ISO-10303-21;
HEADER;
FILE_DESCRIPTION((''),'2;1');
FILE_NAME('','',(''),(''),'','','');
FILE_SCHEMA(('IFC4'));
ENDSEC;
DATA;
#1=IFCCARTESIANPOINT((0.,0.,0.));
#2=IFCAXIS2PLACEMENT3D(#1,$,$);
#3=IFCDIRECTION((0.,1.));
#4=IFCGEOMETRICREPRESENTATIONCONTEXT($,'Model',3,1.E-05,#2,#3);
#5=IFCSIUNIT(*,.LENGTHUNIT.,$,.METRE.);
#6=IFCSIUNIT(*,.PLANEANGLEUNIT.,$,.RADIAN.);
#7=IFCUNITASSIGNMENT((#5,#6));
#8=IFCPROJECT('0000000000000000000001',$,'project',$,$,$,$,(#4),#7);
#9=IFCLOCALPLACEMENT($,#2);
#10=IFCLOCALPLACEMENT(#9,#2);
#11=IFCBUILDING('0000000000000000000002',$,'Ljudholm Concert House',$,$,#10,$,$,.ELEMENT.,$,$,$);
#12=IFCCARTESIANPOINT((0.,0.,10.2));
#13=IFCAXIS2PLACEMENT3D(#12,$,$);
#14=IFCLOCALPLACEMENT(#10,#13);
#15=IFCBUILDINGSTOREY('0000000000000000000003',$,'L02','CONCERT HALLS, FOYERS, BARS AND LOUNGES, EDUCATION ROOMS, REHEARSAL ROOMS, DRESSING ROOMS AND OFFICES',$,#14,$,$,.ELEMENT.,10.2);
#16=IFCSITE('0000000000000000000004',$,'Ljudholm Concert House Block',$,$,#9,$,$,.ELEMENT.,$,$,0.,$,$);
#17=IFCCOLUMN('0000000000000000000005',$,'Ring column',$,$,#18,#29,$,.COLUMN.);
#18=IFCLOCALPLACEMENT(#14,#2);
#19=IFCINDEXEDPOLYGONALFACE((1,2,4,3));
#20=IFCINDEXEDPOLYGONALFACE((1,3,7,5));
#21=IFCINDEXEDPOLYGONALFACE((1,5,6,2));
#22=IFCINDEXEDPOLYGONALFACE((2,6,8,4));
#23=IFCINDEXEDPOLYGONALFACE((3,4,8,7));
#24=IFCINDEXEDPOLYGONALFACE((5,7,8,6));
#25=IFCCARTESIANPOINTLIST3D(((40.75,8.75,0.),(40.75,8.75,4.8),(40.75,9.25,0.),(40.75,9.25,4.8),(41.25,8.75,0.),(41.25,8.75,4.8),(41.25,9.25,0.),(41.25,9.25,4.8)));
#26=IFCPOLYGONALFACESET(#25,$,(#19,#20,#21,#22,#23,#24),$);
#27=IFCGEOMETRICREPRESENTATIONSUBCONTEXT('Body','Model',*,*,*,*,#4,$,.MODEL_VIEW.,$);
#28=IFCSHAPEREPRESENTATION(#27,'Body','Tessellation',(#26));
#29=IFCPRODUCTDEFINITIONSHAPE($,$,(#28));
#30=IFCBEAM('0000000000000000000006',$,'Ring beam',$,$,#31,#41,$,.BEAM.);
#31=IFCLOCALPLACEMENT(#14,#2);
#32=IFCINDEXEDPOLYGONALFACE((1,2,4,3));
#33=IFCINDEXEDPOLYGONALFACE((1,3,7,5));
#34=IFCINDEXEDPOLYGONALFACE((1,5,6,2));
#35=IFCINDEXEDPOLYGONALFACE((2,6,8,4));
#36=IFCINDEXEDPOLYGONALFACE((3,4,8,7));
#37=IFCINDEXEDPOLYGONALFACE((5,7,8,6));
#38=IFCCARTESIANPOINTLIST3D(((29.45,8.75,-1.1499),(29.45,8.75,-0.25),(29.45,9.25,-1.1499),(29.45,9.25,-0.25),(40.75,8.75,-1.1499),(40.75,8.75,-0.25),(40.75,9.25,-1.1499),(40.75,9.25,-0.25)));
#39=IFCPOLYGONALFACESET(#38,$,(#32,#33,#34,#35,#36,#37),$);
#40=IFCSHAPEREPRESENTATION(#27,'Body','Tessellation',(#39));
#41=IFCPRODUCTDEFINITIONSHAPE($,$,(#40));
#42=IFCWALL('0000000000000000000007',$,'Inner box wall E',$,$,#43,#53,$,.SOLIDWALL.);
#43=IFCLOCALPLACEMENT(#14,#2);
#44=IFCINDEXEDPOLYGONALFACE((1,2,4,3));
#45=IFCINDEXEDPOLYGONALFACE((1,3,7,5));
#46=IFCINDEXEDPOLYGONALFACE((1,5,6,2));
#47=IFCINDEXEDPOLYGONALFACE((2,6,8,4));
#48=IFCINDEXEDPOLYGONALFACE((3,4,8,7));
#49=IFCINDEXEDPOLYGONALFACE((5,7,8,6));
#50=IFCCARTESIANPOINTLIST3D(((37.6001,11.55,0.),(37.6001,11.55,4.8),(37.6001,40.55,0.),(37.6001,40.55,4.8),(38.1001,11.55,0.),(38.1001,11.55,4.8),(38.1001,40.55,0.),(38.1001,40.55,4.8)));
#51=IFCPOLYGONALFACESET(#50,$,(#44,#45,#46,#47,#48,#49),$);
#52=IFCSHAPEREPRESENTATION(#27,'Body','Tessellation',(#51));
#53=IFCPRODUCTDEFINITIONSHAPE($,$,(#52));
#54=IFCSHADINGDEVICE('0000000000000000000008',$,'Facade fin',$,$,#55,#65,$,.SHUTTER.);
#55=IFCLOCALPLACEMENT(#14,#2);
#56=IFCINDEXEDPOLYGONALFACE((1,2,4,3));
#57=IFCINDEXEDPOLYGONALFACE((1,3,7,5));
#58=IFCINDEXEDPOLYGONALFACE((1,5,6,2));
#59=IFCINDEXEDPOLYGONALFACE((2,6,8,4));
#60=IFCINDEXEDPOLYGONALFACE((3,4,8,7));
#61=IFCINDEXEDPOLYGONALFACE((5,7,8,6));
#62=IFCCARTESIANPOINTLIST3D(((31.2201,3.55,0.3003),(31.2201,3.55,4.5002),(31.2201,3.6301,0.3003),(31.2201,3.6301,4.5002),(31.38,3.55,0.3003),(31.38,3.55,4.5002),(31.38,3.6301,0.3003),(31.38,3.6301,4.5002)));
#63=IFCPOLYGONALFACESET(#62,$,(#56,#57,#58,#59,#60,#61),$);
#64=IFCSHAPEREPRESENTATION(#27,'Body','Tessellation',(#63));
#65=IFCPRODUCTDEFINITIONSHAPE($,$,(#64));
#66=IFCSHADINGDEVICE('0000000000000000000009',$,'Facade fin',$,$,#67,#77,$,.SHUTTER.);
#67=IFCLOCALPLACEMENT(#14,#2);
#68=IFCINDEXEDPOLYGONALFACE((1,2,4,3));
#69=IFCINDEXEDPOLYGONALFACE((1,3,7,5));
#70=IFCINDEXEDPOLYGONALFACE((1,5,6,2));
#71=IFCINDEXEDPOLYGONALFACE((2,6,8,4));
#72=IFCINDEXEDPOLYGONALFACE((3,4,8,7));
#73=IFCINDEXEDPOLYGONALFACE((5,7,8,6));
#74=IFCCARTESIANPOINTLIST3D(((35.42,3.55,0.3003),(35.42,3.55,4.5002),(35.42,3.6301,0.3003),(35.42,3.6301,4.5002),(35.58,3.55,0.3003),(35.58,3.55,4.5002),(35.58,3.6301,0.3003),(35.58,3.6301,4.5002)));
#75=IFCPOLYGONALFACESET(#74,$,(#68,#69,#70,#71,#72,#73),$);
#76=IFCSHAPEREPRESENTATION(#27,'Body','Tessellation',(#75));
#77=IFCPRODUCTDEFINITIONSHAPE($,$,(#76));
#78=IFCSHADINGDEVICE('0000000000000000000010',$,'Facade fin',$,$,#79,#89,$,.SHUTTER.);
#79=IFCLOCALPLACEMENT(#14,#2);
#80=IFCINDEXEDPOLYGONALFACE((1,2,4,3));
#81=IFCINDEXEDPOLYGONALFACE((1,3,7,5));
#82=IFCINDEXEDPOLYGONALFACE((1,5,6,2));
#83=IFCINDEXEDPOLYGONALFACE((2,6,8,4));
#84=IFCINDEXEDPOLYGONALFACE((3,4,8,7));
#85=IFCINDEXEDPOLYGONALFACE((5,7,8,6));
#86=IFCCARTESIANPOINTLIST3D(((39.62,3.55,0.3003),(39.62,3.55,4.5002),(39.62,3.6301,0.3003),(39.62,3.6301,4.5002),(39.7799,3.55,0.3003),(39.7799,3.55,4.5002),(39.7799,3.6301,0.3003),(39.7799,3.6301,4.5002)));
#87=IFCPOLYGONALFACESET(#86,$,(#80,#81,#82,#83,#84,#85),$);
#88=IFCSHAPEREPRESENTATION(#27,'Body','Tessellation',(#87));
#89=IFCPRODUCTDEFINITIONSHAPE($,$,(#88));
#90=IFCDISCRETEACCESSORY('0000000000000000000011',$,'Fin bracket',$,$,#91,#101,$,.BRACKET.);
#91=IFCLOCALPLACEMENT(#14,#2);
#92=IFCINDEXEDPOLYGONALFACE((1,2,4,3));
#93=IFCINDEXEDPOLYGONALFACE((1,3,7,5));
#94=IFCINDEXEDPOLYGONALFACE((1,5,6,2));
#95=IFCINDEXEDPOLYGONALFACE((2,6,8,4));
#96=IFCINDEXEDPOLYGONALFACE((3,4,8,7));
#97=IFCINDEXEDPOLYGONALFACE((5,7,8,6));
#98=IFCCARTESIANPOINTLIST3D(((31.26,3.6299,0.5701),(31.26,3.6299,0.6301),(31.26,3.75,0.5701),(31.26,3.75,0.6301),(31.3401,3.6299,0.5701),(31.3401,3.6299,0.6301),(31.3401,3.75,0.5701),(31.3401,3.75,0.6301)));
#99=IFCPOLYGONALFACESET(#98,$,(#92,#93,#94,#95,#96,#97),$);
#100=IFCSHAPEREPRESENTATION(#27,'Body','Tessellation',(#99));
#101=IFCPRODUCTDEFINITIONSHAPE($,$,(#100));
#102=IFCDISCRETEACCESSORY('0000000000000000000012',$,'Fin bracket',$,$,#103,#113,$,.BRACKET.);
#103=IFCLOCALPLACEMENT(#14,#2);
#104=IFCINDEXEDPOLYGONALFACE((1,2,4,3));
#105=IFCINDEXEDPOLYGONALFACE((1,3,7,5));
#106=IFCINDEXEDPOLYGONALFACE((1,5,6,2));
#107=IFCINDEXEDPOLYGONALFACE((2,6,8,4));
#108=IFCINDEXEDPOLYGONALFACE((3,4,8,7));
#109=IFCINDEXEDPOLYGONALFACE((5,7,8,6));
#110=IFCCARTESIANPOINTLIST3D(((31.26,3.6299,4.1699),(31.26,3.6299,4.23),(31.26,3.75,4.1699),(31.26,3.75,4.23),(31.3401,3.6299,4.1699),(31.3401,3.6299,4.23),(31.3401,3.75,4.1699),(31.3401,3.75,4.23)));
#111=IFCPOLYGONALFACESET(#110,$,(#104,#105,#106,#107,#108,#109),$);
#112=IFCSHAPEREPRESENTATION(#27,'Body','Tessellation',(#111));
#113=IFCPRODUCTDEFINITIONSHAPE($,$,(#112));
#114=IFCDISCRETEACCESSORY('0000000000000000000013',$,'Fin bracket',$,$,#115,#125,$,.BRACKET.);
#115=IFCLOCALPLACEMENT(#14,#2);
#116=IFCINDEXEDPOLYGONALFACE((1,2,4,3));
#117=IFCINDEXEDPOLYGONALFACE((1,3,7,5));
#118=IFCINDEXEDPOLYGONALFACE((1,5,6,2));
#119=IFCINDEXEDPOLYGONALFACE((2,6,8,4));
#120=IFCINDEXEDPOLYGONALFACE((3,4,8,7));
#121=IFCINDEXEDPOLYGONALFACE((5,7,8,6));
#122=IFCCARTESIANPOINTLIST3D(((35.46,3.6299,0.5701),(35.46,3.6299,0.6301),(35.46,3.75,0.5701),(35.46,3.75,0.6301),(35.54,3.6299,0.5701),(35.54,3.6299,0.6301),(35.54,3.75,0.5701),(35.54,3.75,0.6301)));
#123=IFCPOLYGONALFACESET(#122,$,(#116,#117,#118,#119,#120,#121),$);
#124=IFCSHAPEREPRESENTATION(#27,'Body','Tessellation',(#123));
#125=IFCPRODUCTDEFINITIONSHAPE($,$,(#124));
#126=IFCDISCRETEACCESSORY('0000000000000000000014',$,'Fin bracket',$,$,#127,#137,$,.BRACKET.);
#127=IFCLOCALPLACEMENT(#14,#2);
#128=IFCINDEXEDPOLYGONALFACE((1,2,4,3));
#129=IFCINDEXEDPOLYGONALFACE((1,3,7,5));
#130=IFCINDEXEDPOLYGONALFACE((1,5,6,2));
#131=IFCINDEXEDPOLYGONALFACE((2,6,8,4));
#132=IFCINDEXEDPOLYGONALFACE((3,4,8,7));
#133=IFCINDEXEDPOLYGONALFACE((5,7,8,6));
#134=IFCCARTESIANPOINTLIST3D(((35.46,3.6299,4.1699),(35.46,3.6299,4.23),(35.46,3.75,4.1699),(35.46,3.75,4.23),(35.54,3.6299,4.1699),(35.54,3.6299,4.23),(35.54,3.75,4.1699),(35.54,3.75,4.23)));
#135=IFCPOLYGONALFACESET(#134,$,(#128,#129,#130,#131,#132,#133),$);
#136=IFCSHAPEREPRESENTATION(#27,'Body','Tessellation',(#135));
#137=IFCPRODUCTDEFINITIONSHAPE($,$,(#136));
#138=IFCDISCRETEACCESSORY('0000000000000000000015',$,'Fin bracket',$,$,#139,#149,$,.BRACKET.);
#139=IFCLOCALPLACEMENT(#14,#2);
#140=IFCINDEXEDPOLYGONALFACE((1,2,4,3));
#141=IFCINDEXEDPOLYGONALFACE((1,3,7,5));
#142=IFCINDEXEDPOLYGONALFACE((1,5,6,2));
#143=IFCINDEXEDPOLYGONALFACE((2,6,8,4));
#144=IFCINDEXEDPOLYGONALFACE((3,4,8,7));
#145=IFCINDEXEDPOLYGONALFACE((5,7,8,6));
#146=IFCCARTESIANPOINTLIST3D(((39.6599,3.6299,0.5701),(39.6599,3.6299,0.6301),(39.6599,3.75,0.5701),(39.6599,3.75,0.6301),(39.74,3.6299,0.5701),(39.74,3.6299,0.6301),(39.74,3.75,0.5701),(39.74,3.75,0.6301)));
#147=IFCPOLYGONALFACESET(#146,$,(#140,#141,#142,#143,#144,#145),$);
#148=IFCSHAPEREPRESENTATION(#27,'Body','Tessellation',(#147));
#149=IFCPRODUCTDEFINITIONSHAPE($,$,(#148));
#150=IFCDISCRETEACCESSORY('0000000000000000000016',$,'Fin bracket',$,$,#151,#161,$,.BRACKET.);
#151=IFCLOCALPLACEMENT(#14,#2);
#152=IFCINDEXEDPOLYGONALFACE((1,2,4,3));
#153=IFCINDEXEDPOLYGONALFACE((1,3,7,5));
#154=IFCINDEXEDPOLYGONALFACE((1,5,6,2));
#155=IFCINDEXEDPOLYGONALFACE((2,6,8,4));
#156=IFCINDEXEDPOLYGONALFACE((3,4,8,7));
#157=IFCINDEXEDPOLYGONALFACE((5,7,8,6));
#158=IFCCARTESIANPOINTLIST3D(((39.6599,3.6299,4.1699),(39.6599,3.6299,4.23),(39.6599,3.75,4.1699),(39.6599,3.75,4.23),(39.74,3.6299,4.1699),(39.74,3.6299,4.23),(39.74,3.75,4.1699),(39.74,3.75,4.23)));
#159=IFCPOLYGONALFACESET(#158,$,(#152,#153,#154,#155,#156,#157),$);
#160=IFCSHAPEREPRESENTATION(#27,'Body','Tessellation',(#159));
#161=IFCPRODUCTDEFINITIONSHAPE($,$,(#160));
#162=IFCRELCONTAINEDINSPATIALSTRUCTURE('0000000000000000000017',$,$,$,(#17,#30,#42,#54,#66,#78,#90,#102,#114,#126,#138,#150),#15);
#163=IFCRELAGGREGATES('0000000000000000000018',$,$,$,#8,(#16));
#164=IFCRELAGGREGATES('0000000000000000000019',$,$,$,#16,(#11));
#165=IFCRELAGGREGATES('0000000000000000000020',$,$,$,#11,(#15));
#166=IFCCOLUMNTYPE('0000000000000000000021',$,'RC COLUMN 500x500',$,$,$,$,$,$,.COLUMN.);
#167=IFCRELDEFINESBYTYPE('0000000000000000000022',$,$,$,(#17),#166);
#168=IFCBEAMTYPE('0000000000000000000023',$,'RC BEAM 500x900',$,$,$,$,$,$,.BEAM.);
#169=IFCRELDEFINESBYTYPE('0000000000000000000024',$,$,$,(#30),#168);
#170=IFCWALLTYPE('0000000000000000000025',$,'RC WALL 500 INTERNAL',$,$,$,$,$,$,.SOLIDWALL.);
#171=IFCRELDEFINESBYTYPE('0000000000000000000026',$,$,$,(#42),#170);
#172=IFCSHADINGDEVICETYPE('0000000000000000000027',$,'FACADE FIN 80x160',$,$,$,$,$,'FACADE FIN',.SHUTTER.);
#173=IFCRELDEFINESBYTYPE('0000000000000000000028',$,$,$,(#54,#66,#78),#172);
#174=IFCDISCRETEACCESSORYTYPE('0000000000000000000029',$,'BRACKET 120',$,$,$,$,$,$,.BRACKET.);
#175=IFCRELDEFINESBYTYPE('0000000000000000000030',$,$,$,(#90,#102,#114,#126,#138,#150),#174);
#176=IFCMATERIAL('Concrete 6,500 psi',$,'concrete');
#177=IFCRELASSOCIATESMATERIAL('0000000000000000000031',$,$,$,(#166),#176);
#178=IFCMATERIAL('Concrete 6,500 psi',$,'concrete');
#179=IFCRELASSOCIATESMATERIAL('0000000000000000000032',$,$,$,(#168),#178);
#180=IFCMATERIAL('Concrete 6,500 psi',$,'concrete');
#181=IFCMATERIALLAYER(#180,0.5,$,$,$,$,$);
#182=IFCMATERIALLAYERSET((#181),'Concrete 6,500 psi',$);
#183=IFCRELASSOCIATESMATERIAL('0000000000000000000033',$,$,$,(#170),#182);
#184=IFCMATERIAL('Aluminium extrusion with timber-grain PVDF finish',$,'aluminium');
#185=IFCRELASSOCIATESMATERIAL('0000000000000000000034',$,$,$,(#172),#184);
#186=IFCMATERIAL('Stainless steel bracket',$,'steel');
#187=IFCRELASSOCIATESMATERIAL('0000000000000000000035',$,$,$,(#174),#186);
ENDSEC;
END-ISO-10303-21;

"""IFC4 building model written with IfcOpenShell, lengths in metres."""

from ifc_helpers import new_model, si_unit, direction, frame, frame_2d, origin, origin_2d, place, context, subcontext, project, spatial, rectangle, extrude, material, layer, layer_set, material_profile, profile_set, type_object, element, save


model = new_model("IFC4")

# Units and contexts
model_context = context("Model", 3, precision=1e-05, world=origin(), true_north=direction((0.0, 1.0)))
body_context = subcontext(model_context, "Body", "Model", "MODEL_VIEW")
ifc_project = project(units=[si_unit("LENGTHUNIT", "METRE"), si_unit("PLANEANGLEUNIT", "RADIAN")], contexts=[model_context])

# Site, building, storey
site_placement = place(None, origin())
site = spatial("IfcSite", under=ifc_project, at=site_placement, Name="Ljudholm Concert House Block", CompositionType="ELEMENT", RefElevation=0.0)
building_placement = place(site_placement, origin())
building = spatial("IfcBuilding", under=site, at=building_placement, Name="Ljudholm Concert House", CompositionType="ELEMENT")
storey_placement = place(building_placement, frame((0.0, 0.0, 10.2)))
storey = spatial("IfcBuildingStorey", under=building, at=storey_placement, Name="L02", Description="CONCERT HALLS, FOYERS, BARS AND LOUNGES, EDUCATION ROOMS, REHEARSAL ROOMS, DRESSING ROOMS AND OFFICES", CompositionType="ELEMENT", Elevation=10.2)

# Column
ifc_material_1 = material(Name="Concrete 6,500 psi", Category="concrete")
ifc_material_profile_1 = material_profile(ifc_material_1, rectangle(XDim=0.5, YDim=0.5, at=origin_2d()), Name="RC COLUMN 500x500")
ifc_profile_set_1 = profile_set([ifc_material_profile_1], Name="Concrete 6,500 psi")
column_type = type_object("IfcColumnType", Name="RC COLUMN 500x500", PredefinedType="COLUMN", material=ifc_profile_set_1)
column_placement = place(storey_placement, frame((41.0, 9.0, 0.0), z_axis=(0.0, 0.0, 1.0), x_axis=(1.0, 0.0, 0.0)))
element("IfcColumn", 1, at=column_placement, inside=storey, type_object=column_type, Name="Ring column", PredefinedType="COLUMN", context=body_context, shape_type="SweptSolid", body=[
    extrude(rectangle(XDim=0.5, YDim=0.5, at=origin_2d()), origin(), (0.0, 0.0, 1.0), 4.8),
])

# Beam
ifc_material_2 = material(Name="Concrete 6,500 psi", Category="concrete")
ifc_material_profile_2 = material_profile(ifc_material_2, rectangle(XDim=0.5, YDim=0.8999, at=origin_2d()), Name="RC BEAM 500x900")
ifc_profile_set_2 = profile_set([ifc_material_profile_2], Name="Concrete 6,500 psi")
beam_type = type_object("IfcBeamType", Name="RC BEAM 500x900", PredefinedType="BEAM", material=ifc_profile_set_2)
beam_placement = place(storey_placement, frame((29.45, 9.0, -0.7), z_axis=(1.0, 0.0, 0.0), x_axis=(0.0, 1.0, 0.0)))
element("IfcBeam", 2, at=beam_placement, inside=storey, type_object=beam_type, Name="Ring beam", PredefinedType="BEAM", context=body_context, shape_type="SweptSolid", body=[
    extrude(rectangle(XDim=0.5, YDim=0.8999, at=origin_2d()), origin(), (0.0, 0.0, 1.0), 11.3),
])

# Wall
ifc_material_3 = material(Name="Concrete 6,500 psi", Category="concrete")
ifc_layer = layer(ifc_material_3, 0.5)
ifc_layer_set = layer_set([ifc_layer], Name="Concrete 6,500 psi")
wall_type = type_object("IfcWallType", Name="RC WALL 500 INTERNAL", PredefinedType="SOLIDWALL", material=ifc_layer_set)
wall_placement = place(storey_placement, frame((37.8501, 11.55, 0.0), z_axis=(0.0, 0.0, 1.0), x_axis=(0.0, 1.0, 0.0)))
element("IfcWall", 3, at=wall_placement, inside=storey, type_object=wall_type, Name="Inner box wall E", PredefinedType="SOLIDWALL", context=body_context, shape_type="SweptSolid", body=[
    extrude(rectangle(XDim=29.0, YDim=0.5, at=frame_2d((14.5, 0.0))), origin(), (0.0, 0.0, 1.0), 4.8),
])

# Shading devices
ifc_material_4 = material(Name="Aluminium extrusion with timber-grain PVDF finish", Category="aluminium")
shading_device_type = type_object("IfcShadingDeviceType", Name="FACADE FIN 80x160", ElementType="FACADE FIN", PredefinedType="SHUTTER", material=ifc_material_4)
for number, where, z_axis, x_axis, name in (
    (4, (31.3, 3.5901, 0.3003), (0.0, 0.0, 1.0), (0.0, -1.0, 0.0), "Facade fin"),
    (5, (35.5, 3.5901, 0.3003), (0.0, 0.0, 1.0), (0.0, -1.0, 0.0), "Facade fin"),
    (6, (39.7, 3.5901, 0.3003), (0.0, 0.0, 1.0), (0.0, -1.0, 0.0), "Facade fin"),
):
    element("IfcShadingDevice", number, at=place(storey_placement, frame(where, z_axis=z_axis, x_axis=x_axis)), inside=storey, type_object=shading_device_type, Name=name, PredefinedType="SHUTTER", context=body_context, shape_type="SweptSolid", body=[
        extrude(rectangle(XDim=0.0801, YDim=0.1599, at=origin_2d()), origin(), (0.0, 0.0, 1.0), 4.2),
    ])

# Discrete accessories
ifc_material_5 = material(Name="Stainless steel bracket", Category="steel")
discrete_accessory_type = type_object("IfcDiscreteAccessoryType", Name="BRACKET 120", PredefinedType="BRACKET", material=ifc_material_5)
for number, where, z_axis, x_axis, name in (
    (7, (31.3, 3.6899, 0.5701), (0.0, 0.0, 1.0), (0.0, -1.0, 0.0), "Fin bracket"),
    (8, (31.3, 3.6899, 4.1699), (0.0, 0.0, 1.0), (0.0, -1.0, 0.0), "Fin bracket"),
    (9, (35.5, 3.6899, 0.5701), (0.0, 0.0, 1.0), (0.0, -1.0, 0.0), "Fin bracket"),
    (10, (35.5, 3.6899, 4.1699), (0.0, 0.0, 1.0), (0.0, -1.0, 0.0), "Fin bracket"),
    (11, (39.7, 3.6899, 0.5701), (0.0, 0.0, 1.0), (0.0, -1.0, 0.0), "Fin bracket"),
    (12, (39.7, 3.6899, 4.1699), (0.0, 0.0, 1.0), (0.0, -1.0, 0.0), "Fin bracket"),
):
    element("IfcDiscreteAccessory", number, at=place(storey_placement, frame(where, z_axis=z_axis, x_axis=x_axis)), inside=storey, type_object=discrete_accessory_type, Name=name, PredefinedType="BRACKET", context=body_context, shape_type="SweptSolid", body=[
        extrude(rectangle(XDim=0.1201, YDim=0.0801, at=origin_2d()), origin(), (0.0, 0.0, 1.0), 0.0601),
    ])

save(model, "model.ifc")
